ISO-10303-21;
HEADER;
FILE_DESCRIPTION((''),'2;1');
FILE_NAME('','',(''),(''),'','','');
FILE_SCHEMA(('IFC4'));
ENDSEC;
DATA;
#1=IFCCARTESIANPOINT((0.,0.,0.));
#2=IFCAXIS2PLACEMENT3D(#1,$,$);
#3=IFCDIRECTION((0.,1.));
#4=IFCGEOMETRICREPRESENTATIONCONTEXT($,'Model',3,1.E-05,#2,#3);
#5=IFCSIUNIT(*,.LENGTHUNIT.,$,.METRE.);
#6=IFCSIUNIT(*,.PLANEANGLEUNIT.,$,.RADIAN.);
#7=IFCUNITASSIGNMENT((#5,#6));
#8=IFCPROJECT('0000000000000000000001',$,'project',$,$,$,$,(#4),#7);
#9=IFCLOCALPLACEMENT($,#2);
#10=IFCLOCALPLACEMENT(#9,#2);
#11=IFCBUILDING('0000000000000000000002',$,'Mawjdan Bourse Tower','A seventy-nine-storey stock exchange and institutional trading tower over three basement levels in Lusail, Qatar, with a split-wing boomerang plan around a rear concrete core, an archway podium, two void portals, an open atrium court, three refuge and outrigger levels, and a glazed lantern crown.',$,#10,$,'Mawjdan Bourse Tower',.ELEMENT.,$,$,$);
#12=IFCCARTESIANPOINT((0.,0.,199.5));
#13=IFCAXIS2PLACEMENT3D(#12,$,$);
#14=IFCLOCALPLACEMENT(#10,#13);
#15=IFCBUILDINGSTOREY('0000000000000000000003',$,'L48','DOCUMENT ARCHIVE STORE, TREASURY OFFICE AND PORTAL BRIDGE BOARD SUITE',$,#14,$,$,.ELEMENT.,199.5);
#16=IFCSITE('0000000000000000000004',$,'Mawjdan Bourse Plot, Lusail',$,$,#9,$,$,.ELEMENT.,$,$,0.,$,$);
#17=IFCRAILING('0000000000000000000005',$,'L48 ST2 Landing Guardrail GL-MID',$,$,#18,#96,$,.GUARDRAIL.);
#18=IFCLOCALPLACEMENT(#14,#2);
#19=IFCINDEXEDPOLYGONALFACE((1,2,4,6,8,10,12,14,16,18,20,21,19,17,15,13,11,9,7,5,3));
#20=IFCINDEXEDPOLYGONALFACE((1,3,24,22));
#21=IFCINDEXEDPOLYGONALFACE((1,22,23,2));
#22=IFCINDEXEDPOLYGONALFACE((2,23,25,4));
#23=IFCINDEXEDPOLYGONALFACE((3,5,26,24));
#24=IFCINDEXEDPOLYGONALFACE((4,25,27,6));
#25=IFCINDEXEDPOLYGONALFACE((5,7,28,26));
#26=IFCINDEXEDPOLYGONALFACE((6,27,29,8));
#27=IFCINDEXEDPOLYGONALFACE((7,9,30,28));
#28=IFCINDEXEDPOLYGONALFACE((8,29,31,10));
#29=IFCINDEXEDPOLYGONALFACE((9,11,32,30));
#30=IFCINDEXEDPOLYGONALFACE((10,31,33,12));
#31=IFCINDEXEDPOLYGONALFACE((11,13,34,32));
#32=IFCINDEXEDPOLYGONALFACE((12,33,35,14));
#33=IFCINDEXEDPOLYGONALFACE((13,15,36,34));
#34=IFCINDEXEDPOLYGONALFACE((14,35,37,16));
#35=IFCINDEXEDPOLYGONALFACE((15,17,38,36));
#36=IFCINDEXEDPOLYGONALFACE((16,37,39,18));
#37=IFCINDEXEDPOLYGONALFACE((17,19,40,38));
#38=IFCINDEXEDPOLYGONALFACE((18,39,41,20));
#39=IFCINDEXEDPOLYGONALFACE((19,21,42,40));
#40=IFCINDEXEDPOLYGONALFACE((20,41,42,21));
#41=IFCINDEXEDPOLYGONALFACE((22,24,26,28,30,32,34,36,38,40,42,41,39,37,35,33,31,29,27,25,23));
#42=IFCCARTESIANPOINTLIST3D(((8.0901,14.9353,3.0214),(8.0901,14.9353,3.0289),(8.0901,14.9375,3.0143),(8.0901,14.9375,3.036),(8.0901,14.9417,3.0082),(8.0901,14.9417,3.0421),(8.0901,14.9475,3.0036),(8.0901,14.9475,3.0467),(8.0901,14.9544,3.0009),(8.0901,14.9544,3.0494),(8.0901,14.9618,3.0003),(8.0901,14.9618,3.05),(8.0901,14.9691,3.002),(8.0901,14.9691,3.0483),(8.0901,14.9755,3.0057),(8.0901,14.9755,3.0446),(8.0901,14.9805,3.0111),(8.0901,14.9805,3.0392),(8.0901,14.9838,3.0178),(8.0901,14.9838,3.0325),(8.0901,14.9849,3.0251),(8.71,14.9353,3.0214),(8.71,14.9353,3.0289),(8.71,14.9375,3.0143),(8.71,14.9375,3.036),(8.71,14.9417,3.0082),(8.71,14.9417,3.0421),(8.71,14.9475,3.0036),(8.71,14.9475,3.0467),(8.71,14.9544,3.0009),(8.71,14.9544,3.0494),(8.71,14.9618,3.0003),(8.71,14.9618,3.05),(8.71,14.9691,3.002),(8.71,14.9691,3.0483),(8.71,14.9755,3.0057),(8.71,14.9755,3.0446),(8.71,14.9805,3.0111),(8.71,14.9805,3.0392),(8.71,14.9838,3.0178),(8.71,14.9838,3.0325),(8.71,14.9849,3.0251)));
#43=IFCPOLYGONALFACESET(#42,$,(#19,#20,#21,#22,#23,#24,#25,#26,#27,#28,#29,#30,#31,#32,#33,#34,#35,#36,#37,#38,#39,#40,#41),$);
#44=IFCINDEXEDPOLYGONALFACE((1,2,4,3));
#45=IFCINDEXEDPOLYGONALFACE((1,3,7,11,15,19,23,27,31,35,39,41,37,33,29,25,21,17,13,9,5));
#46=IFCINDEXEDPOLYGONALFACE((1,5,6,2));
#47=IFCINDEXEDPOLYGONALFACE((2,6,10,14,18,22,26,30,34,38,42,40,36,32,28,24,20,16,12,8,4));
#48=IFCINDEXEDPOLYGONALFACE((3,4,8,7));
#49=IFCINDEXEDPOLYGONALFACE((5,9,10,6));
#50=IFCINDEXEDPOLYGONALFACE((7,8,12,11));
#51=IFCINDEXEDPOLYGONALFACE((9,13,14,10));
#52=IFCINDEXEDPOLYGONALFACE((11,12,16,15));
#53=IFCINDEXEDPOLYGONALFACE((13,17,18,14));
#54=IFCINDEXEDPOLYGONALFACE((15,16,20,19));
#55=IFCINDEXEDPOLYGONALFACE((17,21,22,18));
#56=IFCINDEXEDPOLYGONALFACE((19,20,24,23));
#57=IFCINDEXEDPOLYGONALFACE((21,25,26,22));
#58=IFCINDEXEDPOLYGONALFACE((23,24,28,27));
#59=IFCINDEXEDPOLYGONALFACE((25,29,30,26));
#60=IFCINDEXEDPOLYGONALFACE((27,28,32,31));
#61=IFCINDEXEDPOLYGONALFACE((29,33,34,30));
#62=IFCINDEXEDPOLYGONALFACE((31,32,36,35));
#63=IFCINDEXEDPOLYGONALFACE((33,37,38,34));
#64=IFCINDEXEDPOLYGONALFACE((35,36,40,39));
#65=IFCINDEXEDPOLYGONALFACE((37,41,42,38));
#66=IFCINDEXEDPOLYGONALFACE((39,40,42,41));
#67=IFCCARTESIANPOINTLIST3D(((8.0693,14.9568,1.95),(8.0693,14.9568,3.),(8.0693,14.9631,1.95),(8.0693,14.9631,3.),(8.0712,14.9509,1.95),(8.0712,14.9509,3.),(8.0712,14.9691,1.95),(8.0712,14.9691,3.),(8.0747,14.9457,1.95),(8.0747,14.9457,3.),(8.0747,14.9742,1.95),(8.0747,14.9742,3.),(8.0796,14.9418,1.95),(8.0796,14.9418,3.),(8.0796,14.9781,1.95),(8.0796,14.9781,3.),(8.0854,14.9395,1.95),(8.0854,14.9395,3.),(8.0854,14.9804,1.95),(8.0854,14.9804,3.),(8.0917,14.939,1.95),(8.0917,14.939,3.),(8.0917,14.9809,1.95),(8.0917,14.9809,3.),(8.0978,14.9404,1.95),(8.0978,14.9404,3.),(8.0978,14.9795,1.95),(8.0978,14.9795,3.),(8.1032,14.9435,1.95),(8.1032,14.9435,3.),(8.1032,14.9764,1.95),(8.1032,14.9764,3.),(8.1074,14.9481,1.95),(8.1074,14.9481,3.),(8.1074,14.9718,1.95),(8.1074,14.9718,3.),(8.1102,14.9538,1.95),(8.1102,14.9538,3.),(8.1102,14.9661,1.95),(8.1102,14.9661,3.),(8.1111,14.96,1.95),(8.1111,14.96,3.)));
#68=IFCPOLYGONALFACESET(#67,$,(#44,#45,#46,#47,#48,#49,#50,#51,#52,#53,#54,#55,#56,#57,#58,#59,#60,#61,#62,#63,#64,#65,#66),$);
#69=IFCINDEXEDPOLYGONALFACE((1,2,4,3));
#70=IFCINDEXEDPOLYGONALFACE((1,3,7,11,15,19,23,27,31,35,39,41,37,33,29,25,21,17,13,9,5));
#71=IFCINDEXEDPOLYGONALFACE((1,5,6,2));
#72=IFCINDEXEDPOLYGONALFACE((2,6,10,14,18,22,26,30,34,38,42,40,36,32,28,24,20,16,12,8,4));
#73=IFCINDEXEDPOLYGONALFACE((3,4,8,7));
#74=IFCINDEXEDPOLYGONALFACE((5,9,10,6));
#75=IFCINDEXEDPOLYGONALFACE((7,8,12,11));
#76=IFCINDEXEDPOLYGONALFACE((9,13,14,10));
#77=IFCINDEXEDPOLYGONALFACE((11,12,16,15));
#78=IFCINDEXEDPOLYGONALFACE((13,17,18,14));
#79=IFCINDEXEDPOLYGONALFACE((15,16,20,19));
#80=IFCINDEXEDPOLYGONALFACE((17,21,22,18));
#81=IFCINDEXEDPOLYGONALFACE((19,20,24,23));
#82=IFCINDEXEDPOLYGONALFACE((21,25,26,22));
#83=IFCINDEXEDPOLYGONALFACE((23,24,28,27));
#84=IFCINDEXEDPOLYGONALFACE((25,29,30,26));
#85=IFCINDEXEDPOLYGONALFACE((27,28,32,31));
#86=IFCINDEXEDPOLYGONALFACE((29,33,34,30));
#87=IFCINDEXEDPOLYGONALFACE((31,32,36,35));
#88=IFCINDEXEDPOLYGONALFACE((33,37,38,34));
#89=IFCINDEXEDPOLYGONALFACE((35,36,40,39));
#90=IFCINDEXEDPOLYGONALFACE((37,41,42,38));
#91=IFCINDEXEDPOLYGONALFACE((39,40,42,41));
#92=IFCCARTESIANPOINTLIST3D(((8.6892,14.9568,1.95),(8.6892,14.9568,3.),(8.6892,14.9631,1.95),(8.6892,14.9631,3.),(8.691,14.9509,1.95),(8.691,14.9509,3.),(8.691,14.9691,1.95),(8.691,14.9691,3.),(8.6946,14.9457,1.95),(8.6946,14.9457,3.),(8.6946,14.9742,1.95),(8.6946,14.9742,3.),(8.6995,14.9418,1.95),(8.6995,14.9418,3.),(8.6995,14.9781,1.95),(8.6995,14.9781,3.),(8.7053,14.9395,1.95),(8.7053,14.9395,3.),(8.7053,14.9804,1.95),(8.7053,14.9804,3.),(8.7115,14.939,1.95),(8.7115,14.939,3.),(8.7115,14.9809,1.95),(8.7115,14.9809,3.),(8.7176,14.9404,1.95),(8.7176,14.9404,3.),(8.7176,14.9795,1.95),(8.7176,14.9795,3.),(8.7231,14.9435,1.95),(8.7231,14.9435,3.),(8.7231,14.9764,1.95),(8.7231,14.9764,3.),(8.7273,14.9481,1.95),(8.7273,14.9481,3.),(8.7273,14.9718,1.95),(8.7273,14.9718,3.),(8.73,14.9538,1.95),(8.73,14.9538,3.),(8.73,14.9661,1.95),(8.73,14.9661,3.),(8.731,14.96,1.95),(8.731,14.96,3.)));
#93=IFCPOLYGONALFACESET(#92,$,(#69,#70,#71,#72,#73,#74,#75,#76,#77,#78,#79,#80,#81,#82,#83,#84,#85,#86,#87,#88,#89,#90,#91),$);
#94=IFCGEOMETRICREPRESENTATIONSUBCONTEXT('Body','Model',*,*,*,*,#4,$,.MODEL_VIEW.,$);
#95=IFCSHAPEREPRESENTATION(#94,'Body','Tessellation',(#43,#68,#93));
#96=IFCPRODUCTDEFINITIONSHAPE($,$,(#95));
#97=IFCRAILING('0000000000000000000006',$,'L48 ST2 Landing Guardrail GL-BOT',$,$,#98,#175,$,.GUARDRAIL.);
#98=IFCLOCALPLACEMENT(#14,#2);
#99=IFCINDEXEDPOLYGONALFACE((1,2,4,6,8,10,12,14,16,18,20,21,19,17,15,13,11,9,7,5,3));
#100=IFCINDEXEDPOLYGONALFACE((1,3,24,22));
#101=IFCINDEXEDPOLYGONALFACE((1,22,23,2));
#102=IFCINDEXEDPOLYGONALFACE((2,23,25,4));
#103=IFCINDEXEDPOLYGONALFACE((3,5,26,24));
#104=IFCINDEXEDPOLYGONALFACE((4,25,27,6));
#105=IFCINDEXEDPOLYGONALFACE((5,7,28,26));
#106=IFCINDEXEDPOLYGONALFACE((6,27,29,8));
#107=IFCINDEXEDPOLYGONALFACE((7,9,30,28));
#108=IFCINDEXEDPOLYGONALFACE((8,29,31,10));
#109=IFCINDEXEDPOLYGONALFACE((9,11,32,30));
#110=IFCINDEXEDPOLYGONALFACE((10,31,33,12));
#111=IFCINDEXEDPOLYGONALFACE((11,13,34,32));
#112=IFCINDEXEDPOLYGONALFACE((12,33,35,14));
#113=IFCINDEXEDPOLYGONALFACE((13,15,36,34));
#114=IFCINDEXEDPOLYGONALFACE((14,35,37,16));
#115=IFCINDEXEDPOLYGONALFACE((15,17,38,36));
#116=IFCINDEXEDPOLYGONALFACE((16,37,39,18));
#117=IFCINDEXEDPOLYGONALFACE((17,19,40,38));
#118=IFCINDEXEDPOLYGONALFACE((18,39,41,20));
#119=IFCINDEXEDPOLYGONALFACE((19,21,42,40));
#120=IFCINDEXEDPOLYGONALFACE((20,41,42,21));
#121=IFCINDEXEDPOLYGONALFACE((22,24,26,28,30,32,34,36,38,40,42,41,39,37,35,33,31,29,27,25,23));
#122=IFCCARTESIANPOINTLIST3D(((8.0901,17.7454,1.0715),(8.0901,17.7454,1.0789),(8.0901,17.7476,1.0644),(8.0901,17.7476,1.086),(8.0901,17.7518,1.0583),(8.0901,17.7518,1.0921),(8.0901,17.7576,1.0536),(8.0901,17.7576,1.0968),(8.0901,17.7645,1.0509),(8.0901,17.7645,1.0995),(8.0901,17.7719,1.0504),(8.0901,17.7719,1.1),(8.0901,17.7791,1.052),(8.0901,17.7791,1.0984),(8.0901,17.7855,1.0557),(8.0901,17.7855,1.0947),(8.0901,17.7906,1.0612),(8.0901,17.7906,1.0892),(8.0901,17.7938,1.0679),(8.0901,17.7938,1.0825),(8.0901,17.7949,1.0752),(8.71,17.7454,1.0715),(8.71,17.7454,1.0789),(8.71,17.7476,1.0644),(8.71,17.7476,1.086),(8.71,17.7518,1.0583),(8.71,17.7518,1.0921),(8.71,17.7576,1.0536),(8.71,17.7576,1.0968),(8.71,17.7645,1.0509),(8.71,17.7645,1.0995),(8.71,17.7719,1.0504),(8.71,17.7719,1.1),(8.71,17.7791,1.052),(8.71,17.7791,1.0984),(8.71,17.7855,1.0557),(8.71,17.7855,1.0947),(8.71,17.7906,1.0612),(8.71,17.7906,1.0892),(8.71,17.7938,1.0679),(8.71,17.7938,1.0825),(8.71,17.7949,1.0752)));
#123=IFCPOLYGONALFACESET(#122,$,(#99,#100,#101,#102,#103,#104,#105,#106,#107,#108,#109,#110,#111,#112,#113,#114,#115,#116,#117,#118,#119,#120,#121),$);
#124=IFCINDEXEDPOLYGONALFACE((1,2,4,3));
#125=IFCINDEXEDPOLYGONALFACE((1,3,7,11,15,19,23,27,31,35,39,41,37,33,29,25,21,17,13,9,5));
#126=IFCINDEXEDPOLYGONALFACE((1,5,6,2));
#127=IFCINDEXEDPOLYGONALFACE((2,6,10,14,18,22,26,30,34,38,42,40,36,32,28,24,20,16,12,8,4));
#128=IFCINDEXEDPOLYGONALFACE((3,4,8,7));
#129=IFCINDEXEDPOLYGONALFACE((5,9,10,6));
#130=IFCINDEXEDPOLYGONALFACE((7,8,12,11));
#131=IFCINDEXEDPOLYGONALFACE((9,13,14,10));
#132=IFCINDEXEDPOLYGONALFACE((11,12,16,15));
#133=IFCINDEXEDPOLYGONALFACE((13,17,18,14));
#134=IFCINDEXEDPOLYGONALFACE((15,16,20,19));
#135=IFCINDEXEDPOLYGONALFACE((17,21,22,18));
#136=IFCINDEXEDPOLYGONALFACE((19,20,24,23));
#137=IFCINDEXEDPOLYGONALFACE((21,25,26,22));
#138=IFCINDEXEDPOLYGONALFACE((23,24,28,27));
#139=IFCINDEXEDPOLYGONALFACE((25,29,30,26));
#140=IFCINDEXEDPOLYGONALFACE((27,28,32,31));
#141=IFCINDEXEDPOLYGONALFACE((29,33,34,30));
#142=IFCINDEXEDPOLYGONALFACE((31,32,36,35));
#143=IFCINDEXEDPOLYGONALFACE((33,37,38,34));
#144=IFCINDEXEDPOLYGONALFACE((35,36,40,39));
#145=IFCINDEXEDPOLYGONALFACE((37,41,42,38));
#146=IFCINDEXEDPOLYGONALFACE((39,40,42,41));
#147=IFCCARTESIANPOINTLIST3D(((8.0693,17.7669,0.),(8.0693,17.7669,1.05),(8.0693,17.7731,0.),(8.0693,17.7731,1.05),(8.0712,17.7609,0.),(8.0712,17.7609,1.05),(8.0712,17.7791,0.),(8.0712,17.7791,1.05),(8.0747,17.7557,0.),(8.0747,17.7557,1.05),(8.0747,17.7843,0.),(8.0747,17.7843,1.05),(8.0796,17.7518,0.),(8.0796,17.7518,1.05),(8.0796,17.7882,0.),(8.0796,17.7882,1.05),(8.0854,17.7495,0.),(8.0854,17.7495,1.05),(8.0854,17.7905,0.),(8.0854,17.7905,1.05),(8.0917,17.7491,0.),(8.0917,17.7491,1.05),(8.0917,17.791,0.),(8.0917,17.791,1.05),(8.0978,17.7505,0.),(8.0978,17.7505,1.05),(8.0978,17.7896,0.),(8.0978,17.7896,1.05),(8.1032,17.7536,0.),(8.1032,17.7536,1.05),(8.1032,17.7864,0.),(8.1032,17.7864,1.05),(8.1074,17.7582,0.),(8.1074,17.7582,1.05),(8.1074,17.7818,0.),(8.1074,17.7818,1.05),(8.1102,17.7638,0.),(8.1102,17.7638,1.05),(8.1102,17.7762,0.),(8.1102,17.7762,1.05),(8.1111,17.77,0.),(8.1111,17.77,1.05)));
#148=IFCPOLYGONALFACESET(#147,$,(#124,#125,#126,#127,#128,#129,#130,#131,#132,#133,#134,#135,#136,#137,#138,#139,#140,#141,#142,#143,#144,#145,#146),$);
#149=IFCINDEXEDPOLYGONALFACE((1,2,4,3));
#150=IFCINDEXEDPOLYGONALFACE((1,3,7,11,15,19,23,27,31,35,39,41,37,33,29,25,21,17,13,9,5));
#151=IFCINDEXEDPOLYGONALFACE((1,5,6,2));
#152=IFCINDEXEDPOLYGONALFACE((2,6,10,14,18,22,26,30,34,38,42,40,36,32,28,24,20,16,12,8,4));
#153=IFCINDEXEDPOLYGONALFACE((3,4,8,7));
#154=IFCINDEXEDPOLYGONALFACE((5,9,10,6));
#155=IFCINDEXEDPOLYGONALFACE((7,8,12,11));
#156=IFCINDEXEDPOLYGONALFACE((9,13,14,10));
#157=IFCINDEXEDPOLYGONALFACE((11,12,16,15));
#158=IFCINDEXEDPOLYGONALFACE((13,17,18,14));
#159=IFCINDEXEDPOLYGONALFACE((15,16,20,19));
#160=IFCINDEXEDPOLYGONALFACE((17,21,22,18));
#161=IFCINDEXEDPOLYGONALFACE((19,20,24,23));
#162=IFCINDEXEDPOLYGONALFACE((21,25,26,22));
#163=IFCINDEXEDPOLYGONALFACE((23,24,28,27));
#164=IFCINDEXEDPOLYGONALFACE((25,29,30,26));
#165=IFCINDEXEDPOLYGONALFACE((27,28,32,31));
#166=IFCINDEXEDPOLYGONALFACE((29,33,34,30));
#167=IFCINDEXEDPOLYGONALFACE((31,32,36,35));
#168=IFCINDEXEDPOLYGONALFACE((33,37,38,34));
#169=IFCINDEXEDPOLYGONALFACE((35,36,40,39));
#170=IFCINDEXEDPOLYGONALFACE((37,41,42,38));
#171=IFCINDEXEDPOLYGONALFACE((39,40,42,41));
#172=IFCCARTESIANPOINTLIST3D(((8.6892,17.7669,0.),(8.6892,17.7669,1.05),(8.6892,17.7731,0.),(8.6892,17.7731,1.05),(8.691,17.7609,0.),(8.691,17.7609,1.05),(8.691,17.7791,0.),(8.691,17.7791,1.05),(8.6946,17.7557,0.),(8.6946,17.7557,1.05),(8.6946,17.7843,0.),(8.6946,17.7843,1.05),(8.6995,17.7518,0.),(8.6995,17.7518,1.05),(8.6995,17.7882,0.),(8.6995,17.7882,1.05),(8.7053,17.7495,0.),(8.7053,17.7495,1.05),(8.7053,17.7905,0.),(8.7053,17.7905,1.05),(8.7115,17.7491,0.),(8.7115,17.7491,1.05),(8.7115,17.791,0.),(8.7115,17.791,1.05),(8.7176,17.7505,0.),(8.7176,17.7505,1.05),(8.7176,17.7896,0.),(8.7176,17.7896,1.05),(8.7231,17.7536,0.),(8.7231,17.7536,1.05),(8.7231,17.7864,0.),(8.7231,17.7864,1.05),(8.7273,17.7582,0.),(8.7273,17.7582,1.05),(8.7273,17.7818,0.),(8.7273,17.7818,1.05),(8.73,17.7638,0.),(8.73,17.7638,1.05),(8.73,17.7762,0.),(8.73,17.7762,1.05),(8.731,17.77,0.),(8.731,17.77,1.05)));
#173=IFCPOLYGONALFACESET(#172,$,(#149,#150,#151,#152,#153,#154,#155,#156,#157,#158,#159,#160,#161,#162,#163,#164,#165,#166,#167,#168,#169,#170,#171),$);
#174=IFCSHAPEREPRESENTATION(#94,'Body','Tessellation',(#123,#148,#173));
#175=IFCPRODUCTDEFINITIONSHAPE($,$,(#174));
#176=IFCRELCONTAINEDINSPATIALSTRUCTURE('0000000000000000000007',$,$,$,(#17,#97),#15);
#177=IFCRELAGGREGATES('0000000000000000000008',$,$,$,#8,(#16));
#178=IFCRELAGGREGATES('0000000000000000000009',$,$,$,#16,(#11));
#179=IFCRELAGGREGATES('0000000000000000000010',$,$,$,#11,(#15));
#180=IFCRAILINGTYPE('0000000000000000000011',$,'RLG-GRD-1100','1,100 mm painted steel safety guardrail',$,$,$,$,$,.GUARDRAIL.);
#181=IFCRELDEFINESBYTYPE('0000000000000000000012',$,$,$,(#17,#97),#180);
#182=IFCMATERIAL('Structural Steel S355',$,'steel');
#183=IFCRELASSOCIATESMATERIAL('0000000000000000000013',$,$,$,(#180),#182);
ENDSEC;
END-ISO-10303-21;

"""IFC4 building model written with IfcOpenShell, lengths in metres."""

from ifc_helpers import new_model, si_unit, direction, frame, origin, origin_2d, place, context, subcontext, project, spatial, circle, extrude, material, type_object, element, save


model = new_model("IFC4")

# Units and contexts
model_context = context("Model", 3, precision=1e-05, world=origin(), true_north=direction((0.0, 1.0)))
body_context = subcontext(model_context, "Body", "Model", "MODEL_VIEW")
ifc_project = project(units=[si_unit("LENGTHUNIT", "METRE"), si_unit("PLANEANGLEUNIT", "RADIAN")], contexts=[model_context])

# Site, building, storey
site_placement = place(None, origin())
site = spatial("IfcSite", under=ifc_project, at=site_placement, Name="Mawjdan Bourse Plot, Lusail", CompositionType="ELEMENT", RefElevation=0.0)
building_placement = place(site_placement, origin())
building = spatial("IfcBuilding", under=site, at=building_placement, Name="Mawjdan Bourse Tower", Description="A seventy-nine-storey stock exchange and institutional trading tower over three basement levels in Lusail, Qatar, with a split-wing boomerang plan around a rear concrete core, an archway podium, two void portals, an open atrium court, three refuge and outrigger levels, and a glazed lantern crown.", LongName="Mawjdan Bourse Tower", CompositionType="ELEMENT")
storey_placement = place(building_placement, frame((0.0, 0.0, 199.5)))
storey = spatial("IfcBuildingStorey", under=building, at=storey_placement, Name="L48", Description="DOCUMENT ARCHIVE STORE, TREASURY OFFICE AND PORTAL BRIDGE BOARD SUITE", CompositionType="ELEMENT", Elevation=199.5)

# Railings
ifc_material_1 = material(Name="Structural Steel S355", Category="steel")
railing_type_1 = type_object("IfcRailingType", Name="RLG-GRD-1100", Description="1,100 mm painted steel safety guardrail", PredefinedType="GUARDRAIL", material=ifc_material_1)
for number, where, name in (
    (1, (8.0901, 14.96, 1.95), "L48 ST2 Landing Guardrail GL-MID"),
    (2, (8.0901, 17.77, 0.0), "L48 ST2 Landing Guardrail GL-BOT"),
):
    element("IfcRailing", number, at=place(storey_placement, frame(where)), inside=storey, type_object=railing_type_1, Name=name, PredefinedType="GUARDRAIL", context=body_context, shape_type="SweptSolid", body=[
        extrude(circle(Radius=0.0249, at=origin_2d()), frame((0.0, 0.0, 1.0752), z_axis=(1.0, 0.0, 0.0), x_axis=(0.0, 1.0, 0.0)), (0.0, 0.0, 1.0), 0.6199),
        extrude(circle(Radius=0.021, at=origin_2d()), origin(), (0.0, 0.0, 1.0), 1.05),
        extrude(circle(Radius=0.021, at=origin_2d()), frame((0.6199, 0.0, 0.0)), (0.0, 0.0, 1.0), 1.05),
    ])

save(model, "model.ifc")
